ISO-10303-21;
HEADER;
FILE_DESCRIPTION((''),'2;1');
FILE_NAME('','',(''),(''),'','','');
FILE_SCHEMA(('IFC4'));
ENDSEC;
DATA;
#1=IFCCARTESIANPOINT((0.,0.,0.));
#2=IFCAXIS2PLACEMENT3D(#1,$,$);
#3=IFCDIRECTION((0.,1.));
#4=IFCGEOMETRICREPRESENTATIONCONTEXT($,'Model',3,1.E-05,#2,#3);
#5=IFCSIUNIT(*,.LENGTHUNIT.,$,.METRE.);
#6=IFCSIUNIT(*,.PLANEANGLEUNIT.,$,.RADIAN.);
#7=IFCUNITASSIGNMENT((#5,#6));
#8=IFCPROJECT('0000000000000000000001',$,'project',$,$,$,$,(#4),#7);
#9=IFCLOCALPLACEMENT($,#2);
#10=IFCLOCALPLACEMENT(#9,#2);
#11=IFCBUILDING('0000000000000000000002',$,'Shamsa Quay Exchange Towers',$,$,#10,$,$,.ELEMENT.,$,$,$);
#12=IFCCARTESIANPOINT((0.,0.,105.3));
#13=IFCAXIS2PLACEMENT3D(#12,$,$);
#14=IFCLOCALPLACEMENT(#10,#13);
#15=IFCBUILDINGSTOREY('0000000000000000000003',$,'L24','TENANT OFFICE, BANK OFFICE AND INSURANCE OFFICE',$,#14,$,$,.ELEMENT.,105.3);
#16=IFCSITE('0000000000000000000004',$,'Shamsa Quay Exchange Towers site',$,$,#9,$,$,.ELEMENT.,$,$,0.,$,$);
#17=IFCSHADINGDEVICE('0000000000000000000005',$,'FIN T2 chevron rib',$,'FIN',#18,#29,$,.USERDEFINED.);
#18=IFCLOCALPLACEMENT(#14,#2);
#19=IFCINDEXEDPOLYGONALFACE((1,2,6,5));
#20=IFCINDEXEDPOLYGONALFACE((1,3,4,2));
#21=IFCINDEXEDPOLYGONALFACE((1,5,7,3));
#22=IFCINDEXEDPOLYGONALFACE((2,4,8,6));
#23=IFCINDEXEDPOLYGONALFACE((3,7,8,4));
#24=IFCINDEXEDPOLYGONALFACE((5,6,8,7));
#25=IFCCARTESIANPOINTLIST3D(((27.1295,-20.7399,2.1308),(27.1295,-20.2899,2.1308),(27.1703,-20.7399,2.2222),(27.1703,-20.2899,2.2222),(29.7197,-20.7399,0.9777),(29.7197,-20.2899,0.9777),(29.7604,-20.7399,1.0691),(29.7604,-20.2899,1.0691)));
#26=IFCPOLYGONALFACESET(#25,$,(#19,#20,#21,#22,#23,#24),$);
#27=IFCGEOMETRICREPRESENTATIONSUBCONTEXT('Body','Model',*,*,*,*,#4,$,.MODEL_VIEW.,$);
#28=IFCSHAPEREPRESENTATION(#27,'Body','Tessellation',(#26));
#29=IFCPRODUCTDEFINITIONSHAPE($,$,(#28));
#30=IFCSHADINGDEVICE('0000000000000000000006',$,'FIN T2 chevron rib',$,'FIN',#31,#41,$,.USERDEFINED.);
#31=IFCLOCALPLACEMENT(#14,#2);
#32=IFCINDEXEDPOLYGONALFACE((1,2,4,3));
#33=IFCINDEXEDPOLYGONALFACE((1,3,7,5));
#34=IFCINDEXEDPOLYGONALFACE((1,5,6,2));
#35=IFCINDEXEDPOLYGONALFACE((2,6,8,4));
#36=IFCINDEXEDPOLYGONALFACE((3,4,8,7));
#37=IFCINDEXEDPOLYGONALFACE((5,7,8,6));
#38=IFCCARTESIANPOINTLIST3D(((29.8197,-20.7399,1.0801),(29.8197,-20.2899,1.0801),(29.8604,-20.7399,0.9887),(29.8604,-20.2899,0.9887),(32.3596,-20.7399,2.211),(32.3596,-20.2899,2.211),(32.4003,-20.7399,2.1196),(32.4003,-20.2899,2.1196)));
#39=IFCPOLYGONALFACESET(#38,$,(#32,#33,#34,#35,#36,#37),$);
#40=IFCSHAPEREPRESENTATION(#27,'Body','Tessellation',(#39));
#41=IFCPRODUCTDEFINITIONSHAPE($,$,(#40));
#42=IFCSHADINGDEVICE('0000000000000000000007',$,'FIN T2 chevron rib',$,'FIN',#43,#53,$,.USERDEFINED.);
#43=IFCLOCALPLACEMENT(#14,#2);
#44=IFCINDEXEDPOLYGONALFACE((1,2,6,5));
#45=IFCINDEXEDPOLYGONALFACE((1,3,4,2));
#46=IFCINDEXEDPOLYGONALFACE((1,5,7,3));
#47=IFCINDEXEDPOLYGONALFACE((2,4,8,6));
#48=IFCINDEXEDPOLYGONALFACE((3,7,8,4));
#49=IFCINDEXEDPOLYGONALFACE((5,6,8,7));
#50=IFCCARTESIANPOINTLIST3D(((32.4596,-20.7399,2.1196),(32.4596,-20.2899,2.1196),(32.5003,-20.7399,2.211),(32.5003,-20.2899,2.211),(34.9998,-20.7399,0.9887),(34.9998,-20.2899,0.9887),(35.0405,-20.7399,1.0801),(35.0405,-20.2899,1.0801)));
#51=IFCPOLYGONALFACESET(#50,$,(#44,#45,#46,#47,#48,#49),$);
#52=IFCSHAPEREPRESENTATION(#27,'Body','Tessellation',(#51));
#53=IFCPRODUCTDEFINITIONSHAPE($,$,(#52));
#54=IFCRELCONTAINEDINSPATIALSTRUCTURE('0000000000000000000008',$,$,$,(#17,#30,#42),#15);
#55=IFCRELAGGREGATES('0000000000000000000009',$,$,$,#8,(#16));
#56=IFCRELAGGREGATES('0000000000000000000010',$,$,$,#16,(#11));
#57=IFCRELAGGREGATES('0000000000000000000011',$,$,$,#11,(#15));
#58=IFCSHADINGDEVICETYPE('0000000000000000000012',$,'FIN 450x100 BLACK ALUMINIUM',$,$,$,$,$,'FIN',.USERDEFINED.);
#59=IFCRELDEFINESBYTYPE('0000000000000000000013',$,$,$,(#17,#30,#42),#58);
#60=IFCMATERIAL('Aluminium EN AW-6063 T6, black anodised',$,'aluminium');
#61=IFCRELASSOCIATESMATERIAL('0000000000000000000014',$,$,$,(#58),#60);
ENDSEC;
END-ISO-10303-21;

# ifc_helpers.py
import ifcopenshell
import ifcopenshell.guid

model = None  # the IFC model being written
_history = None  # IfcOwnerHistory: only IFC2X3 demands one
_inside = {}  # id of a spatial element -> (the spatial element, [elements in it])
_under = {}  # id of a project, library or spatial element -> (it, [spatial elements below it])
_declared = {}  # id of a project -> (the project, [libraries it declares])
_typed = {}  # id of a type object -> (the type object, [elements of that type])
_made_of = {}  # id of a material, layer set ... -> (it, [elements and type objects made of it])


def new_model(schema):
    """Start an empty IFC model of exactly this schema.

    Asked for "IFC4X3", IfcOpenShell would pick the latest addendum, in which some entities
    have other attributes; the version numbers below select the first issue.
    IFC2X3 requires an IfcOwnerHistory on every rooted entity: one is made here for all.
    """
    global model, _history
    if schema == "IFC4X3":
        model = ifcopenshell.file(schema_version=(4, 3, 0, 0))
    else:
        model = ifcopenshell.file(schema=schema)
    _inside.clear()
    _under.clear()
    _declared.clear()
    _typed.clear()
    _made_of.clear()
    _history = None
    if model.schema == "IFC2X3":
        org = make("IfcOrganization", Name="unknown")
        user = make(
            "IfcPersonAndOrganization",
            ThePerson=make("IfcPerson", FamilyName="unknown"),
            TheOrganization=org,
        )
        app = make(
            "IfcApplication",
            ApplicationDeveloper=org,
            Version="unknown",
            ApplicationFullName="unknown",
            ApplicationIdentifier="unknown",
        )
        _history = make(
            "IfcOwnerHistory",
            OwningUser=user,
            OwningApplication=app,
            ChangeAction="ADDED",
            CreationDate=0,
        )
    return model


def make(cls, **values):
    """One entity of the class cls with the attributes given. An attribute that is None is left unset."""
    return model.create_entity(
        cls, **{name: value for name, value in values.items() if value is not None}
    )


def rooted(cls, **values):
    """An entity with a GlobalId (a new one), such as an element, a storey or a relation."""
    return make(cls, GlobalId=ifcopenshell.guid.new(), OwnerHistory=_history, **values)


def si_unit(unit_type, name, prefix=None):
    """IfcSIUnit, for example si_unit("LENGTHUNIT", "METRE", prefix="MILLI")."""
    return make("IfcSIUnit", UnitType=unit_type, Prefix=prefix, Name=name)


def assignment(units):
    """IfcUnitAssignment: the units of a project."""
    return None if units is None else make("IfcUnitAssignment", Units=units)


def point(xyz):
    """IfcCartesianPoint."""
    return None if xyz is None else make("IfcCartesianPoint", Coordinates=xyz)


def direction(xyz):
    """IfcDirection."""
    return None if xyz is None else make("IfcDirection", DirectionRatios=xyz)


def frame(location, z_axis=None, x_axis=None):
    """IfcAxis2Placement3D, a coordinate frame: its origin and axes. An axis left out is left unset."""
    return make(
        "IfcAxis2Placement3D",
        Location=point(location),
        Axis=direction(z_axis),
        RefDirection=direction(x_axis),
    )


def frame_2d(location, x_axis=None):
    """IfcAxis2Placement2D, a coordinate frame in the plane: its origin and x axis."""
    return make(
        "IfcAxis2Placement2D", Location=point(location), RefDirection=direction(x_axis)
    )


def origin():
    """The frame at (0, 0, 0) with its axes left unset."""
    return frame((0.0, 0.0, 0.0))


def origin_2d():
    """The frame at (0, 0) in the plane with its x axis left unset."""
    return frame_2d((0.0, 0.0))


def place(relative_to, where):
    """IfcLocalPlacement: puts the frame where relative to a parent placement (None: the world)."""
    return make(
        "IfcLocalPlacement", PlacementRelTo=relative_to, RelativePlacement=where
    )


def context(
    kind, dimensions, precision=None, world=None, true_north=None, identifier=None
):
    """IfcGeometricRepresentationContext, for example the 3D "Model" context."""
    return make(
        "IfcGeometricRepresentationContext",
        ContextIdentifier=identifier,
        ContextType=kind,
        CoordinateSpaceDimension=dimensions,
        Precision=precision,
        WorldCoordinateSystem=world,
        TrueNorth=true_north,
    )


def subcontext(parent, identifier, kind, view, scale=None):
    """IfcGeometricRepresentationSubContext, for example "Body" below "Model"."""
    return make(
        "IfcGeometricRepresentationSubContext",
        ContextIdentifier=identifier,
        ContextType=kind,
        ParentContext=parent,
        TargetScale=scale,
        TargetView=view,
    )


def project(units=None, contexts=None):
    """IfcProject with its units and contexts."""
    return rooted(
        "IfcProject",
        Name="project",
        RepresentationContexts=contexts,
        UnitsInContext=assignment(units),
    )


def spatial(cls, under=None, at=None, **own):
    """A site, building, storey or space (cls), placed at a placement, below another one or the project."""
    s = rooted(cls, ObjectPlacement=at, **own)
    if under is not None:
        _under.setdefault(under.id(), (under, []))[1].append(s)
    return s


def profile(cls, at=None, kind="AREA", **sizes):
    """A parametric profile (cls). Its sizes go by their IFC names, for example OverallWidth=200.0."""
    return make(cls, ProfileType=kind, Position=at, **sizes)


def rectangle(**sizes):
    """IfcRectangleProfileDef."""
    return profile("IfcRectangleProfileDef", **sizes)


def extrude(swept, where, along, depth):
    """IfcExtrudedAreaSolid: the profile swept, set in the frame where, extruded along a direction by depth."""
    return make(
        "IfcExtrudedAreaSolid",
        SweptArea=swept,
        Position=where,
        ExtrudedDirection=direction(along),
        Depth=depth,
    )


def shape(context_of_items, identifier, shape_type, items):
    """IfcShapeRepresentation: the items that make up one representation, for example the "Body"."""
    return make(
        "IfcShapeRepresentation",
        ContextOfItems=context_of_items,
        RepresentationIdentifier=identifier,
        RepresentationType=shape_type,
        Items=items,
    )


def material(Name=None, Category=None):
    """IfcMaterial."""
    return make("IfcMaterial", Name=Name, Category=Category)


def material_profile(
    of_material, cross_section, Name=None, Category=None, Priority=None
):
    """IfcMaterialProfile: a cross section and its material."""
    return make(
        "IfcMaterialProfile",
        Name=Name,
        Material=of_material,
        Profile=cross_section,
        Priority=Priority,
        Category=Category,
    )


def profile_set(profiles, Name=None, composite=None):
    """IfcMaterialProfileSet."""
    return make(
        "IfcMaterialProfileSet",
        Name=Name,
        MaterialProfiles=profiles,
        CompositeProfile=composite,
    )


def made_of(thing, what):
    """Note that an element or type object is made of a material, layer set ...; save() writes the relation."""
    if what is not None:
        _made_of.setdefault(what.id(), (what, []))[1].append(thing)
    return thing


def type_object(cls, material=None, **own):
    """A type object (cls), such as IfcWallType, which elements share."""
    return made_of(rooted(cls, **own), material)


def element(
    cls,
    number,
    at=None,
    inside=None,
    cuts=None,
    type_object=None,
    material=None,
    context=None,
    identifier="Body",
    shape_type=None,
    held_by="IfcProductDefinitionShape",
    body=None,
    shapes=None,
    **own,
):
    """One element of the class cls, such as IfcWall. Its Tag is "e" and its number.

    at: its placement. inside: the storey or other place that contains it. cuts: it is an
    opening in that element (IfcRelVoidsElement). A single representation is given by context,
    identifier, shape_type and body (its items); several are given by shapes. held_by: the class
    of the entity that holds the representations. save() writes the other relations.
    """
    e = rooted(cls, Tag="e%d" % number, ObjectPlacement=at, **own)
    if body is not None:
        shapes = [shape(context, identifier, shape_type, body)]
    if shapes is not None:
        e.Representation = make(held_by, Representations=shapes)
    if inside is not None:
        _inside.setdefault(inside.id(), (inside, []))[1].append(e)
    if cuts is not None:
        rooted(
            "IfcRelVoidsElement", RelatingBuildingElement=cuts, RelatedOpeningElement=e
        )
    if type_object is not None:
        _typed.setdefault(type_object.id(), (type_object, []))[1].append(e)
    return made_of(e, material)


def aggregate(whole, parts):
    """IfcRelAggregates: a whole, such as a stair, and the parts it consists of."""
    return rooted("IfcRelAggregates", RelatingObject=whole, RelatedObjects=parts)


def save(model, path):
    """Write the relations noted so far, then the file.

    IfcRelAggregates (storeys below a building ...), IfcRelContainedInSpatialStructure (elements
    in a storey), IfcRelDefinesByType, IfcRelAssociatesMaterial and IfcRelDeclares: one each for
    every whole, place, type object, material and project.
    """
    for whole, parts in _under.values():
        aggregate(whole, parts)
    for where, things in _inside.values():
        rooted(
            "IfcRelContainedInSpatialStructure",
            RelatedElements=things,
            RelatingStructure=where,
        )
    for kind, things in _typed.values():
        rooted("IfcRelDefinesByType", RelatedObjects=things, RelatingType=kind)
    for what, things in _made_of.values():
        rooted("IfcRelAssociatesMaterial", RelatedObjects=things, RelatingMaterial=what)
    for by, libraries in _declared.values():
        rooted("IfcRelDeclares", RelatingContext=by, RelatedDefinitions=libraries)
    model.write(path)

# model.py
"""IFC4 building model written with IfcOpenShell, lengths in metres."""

from ifc_helpers import new_model, si_unit, direction, frame, origin, origin_2d, place, context, subcontext, project, spatial, rectangle, extrude, material, material_profile, profile_set, type_object, element, save


model = new_model("IFC4")

# Units and contexts
model_context = context("Model", 3, precision=1e-05, world=origin(), true_north=direction((0.0, 1.0)))
body_context = subcontext(model_context, "Body", "Model", "MODEL_VIEW")
ifc_project = project(units=[si_unit("LENGTHUNIT", "METRE"), si_unit("PLANEANGLEUNIT", "RADIAN")], contexts=[model_context])

# Site, building, storey
site_placement = place(None, origin())
site = spatial("IfcSite", under=ifc_project, at=site_placement, Name="Shamsa Quay Exchange Towers site", CompositionType="ELEMENT", RefElevation=0.0)
building_placement = place(site_placement, origin())
building = spatial("IfcBuilding", under=site, at=building_placement, Name="Shamsa Quay Exchange Towers", CompositionType="ELEMENT")
storey_placement = place(building_placement, frame((0.0, 0.0, 105.3)))
storey = spatial("IfcBuildingStorey", under=building, at=storey_placement, Name="L24", Description="TENANT OFFICE, BANK OFFICE AND INSURANCE OFFICE", CompositionType="ELEMENT", Elevation=105.3)

# Shared definitions
ifc_material_1 = material(Name="Aluminium EN AW-6063 T6, black anodised", Category="aluminium")

# Shading devices
ifc_material_profile_1 = material_profile(ifc_material_1, rectangle(XDim=0.45, YDim=0.1001, at=origin_2d()), Name="FIN450x100")
ifc_profile_set_1 = profile_set([ifc_material_profile_1], Name="Aluminium EN AW-6063 T6, black anodised")
shading_device_type = type_object("IfcShadingDeviceType", Name="FIN 450x100 BLACK ALUMINIUM", ElementType="FIN", PredefinedType="USERDEFINED", material=ifc_profile_set_1)
shading_device_1_placement = place(storey_placement, frame((27.1499, -20.5149, 2.1765), z_axis=(0.913559, 0.0, -0.406706), x_axis=(0.0, 1.0, 0.0)))
element("IfcShadingDevice", 1, at=shading_device_1_placement, inside=storey, type_object=shading_device_type, Name="FIN T2 chevron rib", ObjectType="FIN", PredefinedType="USERDEFINED", context=body_context, shape_type="SweptSolid", body=[
    extrude(rectangle(XDim=0.45, YDim=0.1001, at=origin_2d()), origin(), (0.0, 0.0, 1.0), 2.8352),
])
shading_device_2_placement = place(storey_placement, frame((29.8401, -20.5149, 1.0344), z_axis=(0.913536, 0.0, 0.406758), x_axis=(0.0, 1.0, 0.0)))
element("IfcShadingDevice", 2, at=shading_device_2_placement, inside=storey, type_object=shading_device_type, Name="FIN T2 chevron rib", ObjectType="FIN", PredefinedType="USERDEFINED", context=body_context, shape_type="SweptSolid", body=[
    extrude(rectangle(XDim=0.45, YDim=0.1001, at=origin_2d()), origin(), (0.0, 0.0, 1.0), 2.7803),
])
shading_device_3_placement = place(storey_placement, frame((32.48, -20.5149, 2.1653), z_axis=(0.913551, 0.0, -0.406725), x_axis=(0.0, 1.0, 0.0)))
element("IfcShadingDevice", 3, at=shading_device_3_placement, inside=storey, type_object=shading_device_type, Name="FIN T2 chevron rib", ObjectType="FIN", PredefinedType="USERDEFINED", context=body_context, shape_type="SweptSolid", body=[
    extrude(rectangle(XDim=0.45, YDim=0.1001, at=origin_2d()), origin(), (0.0, 0.0, 1.0), 2.7805),
])

save(model, "model.ifc")
